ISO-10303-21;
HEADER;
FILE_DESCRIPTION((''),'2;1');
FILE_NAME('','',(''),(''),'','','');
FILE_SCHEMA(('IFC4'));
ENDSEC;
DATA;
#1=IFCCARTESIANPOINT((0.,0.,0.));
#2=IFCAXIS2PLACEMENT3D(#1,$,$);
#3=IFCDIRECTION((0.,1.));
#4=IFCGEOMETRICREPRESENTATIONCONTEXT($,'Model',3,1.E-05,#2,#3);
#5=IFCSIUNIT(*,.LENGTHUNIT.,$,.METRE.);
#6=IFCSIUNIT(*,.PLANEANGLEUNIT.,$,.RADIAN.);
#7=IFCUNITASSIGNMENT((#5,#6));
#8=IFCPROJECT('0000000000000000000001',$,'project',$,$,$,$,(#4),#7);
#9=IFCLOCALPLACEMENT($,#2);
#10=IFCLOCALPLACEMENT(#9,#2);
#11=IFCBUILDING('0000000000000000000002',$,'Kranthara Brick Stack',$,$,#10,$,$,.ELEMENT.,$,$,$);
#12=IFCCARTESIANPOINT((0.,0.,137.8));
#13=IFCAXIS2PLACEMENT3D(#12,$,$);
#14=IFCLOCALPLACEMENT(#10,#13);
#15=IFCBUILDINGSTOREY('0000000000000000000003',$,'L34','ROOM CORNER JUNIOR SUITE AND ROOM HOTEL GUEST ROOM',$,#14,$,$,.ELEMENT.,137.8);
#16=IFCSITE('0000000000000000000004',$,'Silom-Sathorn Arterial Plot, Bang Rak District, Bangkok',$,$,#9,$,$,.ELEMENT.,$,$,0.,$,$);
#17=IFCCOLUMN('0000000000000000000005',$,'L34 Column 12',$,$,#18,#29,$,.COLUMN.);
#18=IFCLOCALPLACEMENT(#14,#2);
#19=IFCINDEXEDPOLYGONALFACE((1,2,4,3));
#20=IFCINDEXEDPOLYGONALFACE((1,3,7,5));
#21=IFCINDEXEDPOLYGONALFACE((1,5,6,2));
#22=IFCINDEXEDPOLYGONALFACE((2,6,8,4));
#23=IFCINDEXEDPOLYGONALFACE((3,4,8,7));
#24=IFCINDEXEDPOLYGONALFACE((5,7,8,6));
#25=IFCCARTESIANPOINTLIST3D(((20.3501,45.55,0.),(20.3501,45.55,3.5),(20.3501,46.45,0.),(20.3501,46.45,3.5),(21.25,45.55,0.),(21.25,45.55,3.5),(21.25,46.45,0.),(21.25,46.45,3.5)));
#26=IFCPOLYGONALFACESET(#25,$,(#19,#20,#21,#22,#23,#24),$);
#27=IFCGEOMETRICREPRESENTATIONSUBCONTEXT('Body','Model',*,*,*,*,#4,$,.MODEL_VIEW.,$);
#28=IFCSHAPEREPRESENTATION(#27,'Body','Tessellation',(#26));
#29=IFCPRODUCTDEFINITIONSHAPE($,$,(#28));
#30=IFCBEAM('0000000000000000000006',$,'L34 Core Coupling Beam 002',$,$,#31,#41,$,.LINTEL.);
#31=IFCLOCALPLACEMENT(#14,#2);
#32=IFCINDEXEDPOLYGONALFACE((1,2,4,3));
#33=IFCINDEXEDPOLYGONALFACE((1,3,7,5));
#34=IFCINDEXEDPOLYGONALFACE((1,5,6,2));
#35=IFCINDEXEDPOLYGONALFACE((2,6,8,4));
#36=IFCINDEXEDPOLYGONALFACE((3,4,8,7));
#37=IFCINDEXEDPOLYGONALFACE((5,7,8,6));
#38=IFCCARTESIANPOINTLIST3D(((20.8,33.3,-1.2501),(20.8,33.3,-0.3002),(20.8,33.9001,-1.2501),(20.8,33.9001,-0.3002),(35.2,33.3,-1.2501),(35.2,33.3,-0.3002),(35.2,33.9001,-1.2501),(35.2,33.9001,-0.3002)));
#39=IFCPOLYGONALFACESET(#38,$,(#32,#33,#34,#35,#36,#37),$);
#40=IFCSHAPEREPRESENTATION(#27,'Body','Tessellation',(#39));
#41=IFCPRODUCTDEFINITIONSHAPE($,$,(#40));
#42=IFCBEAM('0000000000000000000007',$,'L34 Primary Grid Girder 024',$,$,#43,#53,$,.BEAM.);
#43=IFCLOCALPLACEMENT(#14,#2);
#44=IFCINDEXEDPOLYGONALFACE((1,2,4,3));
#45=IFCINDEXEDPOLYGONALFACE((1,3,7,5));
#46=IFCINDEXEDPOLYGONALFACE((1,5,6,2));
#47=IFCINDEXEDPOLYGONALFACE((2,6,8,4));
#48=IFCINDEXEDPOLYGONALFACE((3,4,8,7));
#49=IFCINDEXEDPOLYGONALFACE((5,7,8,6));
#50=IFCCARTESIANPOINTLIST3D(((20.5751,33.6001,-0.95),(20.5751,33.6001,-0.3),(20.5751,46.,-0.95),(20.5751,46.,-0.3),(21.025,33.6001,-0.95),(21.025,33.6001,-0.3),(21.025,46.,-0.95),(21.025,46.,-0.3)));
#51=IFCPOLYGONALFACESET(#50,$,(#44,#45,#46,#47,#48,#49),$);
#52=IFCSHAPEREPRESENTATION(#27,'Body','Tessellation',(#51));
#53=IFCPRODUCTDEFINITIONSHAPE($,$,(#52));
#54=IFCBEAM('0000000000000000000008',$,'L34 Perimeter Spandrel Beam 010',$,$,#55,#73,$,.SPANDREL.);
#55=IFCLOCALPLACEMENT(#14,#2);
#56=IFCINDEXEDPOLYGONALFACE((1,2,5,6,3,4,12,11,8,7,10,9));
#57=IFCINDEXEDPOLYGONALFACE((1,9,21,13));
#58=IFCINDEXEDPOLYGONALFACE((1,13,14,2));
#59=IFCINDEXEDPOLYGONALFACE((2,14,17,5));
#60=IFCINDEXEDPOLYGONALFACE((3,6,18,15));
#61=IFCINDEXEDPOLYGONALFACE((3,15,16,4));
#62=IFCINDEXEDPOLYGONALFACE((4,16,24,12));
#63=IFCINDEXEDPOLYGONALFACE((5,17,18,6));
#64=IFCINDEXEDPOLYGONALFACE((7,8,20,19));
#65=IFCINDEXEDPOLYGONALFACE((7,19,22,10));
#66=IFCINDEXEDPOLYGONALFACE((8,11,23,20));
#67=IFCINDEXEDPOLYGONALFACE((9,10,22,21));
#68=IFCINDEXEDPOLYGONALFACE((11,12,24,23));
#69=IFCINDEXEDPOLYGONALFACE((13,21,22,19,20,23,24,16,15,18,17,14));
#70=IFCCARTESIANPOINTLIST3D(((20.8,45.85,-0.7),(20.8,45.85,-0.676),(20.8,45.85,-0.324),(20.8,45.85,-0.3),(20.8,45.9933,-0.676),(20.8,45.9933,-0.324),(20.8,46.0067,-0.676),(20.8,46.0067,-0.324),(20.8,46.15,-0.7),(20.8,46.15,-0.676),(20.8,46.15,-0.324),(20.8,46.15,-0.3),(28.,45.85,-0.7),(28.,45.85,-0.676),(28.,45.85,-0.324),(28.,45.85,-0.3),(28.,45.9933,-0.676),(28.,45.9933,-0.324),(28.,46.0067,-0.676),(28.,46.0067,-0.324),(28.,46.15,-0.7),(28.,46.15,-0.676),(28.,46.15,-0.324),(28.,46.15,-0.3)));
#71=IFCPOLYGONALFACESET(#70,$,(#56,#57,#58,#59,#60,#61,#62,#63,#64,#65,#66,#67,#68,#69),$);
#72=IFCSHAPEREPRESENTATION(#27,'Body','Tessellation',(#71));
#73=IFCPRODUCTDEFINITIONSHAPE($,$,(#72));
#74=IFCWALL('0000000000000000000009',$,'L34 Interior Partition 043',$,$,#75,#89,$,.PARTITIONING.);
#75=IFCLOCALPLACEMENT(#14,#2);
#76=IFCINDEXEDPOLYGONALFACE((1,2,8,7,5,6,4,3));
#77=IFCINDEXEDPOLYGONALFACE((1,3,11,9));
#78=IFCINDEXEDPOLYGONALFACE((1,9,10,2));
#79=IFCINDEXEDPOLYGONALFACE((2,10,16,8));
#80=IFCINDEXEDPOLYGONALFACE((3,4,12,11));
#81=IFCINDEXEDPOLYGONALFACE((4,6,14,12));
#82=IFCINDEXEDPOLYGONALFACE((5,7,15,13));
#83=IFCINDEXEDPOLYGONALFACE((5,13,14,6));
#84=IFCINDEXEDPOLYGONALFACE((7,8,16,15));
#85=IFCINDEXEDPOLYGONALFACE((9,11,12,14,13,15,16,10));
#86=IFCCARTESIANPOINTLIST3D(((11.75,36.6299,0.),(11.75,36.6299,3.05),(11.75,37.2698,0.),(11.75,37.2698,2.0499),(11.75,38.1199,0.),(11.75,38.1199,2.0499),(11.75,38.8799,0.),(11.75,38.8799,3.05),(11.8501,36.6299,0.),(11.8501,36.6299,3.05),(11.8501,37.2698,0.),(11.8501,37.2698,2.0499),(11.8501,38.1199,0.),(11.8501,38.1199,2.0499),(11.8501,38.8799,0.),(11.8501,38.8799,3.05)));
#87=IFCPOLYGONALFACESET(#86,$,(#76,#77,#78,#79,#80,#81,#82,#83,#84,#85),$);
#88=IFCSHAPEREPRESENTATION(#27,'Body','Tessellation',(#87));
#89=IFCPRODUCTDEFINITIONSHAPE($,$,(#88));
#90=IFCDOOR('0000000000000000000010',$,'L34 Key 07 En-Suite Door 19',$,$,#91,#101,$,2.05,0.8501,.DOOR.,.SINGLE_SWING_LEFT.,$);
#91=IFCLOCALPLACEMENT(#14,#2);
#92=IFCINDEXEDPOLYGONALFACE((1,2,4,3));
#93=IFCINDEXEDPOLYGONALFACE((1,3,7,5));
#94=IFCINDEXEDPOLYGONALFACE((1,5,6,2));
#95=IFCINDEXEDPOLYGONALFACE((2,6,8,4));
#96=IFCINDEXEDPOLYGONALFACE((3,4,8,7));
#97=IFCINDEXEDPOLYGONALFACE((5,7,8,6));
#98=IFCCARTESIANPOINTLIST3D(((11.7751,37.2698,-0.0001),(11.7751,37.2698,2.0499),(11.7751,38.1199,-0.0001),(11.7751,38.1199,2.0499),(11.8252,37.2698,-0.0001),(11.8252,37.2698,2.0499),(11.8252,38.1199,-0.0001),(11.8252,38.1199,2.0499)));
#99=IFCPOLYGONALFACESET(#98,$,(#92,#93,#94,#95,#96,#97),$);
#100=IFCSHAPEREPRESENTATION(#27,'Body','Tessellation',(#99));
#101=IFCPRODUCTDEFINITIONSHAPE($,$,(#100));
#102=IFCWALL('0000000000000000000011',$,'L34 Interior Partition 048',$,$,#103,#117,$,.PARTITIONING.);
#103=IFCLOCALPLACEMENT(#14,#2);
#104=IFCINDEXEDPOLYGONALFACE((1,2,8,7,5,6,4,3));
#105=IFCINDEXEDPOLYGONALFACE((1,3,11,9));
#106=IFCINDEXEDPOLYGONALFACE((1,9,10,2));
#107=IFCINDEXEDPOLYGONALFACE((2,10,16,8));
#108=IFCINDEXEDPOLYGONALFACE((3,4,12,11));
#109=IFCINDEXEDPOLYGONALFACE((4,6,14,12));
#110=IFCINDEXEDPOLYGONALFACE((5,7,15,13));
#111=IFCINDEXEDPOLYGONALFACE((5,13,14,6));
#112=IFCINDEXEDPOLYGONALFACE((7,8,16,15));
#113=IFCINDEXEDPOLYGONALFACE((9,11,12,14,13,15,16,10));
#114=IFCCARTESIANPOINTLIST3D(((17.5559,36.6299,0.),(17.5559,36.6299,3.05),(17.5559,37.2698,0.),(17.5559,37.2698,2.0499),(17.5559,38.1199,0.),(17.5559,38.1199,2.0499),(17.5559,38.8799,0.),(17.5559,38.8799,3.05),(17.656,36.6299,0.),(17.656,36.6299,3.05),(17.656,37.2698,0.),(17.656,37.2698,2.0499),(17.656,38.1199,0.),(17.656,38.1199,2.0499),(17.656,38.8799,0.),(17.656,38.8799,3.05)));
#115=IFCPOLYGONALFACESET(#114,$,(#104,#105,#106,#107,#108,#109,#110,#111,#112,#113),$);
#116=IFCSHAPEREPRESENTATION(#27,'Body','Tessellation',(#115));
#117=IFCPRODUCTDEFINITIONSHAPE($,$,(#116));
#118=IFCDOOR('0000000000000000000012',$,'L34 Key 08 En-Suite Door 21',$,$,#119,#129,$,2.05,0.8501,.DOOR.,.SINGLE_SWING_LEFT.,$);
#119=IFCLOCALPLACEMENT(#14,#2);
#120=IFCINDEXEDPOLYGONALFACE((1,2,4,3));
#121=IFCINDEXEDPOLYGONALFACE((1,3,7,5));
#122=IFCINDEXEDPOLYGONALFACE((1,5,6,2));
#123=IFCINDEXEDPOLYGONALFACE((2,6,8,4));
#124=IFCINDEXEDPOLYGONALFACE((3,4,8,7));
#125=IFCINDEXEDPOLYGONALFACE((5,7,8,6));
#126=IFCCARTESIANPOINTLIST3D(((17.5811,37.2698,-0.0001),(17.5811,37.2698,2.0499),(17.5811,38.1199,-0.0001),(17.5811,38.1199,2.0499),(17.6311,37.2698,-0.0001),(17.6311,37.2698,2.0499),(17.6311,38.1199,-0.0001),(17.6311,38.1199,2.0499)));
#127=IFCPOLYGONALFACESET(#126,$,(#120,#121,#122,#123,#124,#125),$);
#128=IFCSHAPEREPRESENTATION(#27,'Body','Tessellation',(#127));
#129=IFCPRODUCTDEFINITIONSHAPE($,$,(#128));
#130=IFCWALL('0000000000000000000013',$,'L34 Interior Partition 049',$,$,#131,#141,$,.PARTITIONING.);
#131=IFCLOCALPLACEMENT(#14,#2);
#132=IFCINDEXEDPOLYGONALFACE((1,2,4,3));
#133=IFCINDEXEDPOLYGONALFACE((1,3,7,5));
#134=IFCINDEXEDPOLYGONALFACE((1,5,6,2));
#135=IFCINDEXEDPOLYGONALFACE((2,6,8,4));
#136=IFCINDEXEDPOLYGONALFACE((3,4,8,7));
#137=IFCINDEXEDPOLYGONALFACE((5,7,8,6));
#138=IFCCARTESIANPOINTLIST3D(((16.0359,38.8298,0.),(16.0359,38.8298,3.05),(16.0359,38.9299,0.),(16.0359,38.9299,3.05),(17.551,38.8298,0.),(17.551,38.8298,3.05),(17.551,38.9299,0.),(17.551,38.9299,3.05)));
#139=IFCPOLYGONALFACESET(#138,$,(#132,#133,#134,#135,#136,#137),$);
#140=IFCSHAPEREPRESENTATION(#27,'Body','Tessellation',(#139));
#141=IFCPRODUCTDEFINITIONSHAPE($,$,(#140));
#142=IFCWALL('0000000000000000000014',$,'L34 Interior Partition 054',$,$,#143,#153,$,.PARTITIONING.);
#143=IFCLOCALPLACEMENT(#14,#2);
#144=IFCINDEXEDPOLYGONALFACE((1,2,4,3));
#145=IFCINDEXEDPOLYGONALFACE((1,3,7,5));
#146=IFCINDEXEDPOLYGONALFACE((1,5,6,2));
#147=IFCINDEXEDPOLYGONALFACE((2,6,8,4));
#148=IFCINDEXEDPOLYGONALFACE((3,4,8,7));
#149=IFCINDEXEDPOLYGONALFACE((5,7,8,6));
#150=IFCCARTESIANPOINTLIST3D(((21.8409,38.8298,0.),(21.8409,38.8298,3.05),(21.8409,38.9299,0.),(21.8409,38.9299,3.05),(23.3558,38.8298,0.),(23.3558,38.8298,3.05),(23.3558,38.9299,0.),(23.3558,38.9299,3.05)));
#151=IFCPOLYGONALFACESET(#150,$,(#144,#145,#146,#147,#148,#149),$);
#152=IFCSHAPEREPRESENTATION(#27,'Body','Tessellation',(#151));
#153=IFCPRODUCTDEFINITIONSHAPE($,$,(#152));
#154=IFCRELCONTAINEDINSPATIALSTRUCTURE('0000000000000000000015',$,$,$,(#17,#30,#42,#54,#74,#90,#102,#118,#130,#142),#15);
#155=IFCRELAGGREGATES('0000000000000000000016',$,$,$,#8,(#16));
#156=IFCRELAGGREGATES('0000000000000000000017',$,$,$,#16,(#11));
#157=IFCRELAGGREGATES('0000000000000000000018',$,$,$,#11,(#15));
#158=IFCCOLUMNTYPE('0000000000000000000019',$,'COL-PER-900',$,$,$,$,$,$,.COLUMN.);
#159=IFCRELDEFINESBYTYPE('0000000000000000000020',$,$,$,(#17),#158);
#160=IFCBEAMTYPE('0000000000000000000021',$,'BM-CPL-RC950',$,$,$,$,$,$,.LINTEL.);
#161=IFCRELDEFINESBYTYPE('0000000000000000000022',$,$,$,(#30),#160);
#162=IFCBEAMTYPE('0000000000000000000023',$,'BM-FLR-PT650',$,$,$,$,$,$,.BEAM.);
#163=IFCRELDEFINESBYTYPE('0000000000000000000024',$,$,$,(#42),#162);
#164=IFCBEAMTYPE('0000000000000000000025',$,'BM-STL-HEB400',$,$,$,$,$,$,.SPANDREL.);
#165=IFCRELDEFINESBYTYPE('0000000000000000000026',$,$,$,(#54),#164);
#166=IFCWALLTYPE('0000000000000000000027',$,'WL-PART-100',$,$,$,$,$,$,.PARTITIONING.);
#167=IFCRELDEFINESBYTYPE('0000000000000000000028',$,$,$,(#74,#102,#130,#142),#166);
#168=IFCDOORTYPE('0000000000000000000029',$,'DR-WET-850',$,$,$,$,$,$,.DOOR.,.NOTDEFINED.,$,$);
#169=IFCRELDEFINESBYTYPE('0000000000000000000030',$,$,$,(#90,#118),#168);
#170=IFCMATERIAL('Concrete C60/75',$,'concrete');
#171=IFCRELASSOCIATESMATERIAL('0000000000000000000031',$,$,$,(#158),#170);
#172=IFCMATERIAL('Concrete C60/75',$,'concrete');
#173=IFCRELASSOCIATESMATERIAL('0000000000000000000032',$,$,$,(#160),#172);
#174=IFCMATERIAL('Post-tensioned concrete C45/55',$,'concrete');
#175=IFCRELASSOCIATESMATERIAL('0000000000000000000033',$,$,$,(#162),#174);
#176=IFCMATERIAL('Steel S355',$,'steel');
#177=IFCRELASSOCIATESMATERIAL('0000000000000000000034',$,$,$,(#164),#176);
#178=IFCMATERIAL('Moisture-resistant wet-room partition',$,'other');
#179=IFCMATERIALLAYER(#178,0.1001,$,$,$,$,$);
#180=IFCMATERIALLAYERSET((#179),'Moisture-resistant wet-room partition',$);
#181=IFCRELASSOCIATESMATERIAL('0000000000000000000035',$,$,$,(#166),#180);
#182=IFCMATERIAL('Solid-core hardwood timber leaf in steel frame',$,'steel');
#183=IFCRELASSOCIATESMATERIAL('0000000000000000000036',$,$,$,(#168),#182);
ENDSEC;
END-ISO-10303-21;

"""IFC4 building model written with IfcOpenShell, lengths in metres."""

from ifc_helpers import new_model, si_unit, direction, frame, frame_2d, origin, origin_2d, place, context, subcontext, project, spatial, rectangle, i_section, extrude, material, layer, layer_set, material_profile, profile_set, type_object, element, fill, save


model = new_model("IFC4")

# Units and contexts
model_context = context("Model", 3, precision=1e-05, world=origin(), true_north=direction((0.0, 1.0)))
body_context = subcontext(model_context, "Body", "Model", "MODEL_VIEW")
ifc_project = project(units=[si_unit("LENGTHUNIT", "METRE"), si_unit("PLANEANGLEUNIT", "RADIAN")], contexts=[model_context])

# Site, building, storey
site_placement = place(None, origin())
site = spatial("IfcSite", under=ifc_project, at=site_placement, Name="Silom-Sathorn Arterial Plot, Bang Rak District, Bangkok", CompositionType="ELEMENT", RefElevation=0.0)
building_placement = place(site_placement, origin())
building = spatial("IfcBuilding", under=site, at=building_placement, Name="Kranthara Brick Stack", CompositionType="ELEMENT")
storey_placement = place(building_placement, frame((0.0, 0.0, 137.8)))
storey = spatial("IfcBuildingStorey", under=building, at=storey_placement, Name="L34", Description="ROOM CORNER JUNIOR SUITE AND ROOM HOTEL GUEST ROOM", CompositionType="ELEMENT", Elevation=137.8)

# Column
ifc_material_1 = material(Name="Concrete C60/75", Category="concrete")
ifc_material_profile_1 = material_profile(ifc_material_1, rectangle(XDim=0.8999, YDim=0.8999, at=origin_2d()), Name="RC 900x900")
ifc_profile_set_1 = profile_set([ifc_material_profile_1], Name="Concrete C60/75")
column_type = type_object("IfcColumnType", Name="COL-PER-900", PredefinedType="COLUMN", material=ifc_profile_set_1)
column_placement = place(storey_placement, frame((20.8, 46.0, 0.0), z_axis=(0.0, 0.0, 1.0), x_axis=(1.0, 0.0, 0.0)))
element("IfcColumn", 1, at=column_placement, inside=storey, type_object=column_type, Name="L34 Column 12", PredefinedType="COLUMN", context=body_context, shape_type="SweptSolid", body=[
    extrude(rectangle(XDim=0.8999, YDim=0.8999, at=origin_2d()), origin(), (0.0, 0.0, 1.0), 3.5),
])

# Beams
ifc_material_2 = material(Name="Concrete C60/75", Category="concrete")
ifc_material_profile_2 = material_profile(ifc_material_2, rectangle(XDim=0.6001, YDim=0.95, at=origin_2d()), Name="RC 600x950")
ifc_profile_set_2 = profile_set([ifc_material_profile_2], Name="Concrete C60/75")
beam_type_1 = type_object("IfcBeamType", Name="BM-CPL-RC950", PredefinedType="LINTEL", material=ifc_profile_set_2)
beam_1_placement = place(storey_placement, frame((20.8, 33.6001, -0.7751), z_axis=(1.0, 0.0, 0.0), x_axis=(0.0, 1.0, 0.0)))
element("IfcBeam", 2, at=beam_1_placement, inside=storey, type_object=beam_type_1, Name="L34 Core Coupling Beam 002", PredefinedType="LINTEL", context=body_context, shape_type="SweptSolid", body=[
    extrude(rectangle(XDim=0.6001, YDim=0.95, at=origin_2d()), origin(), (0.0, 0.0, 1.0), 14.3999),
])
ifc_material_3 = material(Name="Post-tensioned concrete C45/55", Category="concrete")
ifc_material_profile_3 = material_profile(ifc_material_3, rectangle(XDim=0.45, YDim=0.6499, at=origin_2d()), Name="PT 450x650")
ifc_profile_set_3 = profile_set([ifc_material_profile_3], Name="Post-tensioned concrete C45/55")
beam_type_2 = type_object("IfcBeamType", Name="BM-FLR-PT650", PredefinedType="BEAM", material=ifc_profile_set_3)
beam_2_placement = place(storey_placement, frame((20.8, 33.6001, -0.625), z_axis=(0.0, 1.0, 0.0), x_axis=(-1.0, 0.0, 0.0)))
element("IfcBeam", 3, at=beam_2_placement, inside=storey, type_object=beam_type_2, Name="L34 Primary Grid Girder 024", PredefinedType="BEAM", context=body_context, shape_type="SweptSolid", body=[
    extrude(rectangle(XDim=0.45, YDim=0.6499, at=origin_2d()), origin(), (0.0, 0.0, 1.0), 12.3999),
])
ifc_material_4 = material(Name="Steel S355", Category="steel")
ifc_material_profile_4 = material_profile(ifc_material_4, i_section(OverallWidth=0.3, OverallDepth=0.3999, WebThickness=0.0134, FlangeThickness=0.0239, at=origin_2d()), Name="HEB 400")
ifc_profile_set_4 = profile_set([ifc_material_profile_4], Name="Steel S355")
beam_type_3 = type_object("IfcBeamType", Name="BM-STL-HEB400", PredefinedType="SPANDREL", material=ifc_profile_set_4)
beam_3_placement = place(storey_placement, frame((20.8, 46.0, -0.5), z_axis=(1.0, 0.0, 0.0), x_axis=(0.0, 1.0, 0.0)))
element("IfcBeam", 4, at=beam_3_placement, inside=storey, type_object=beam_type_3, Name="L34 Perimeter Spandrel Beam 010", PredefinedType="SPANDREL", context=body_context, shape_type="SweptSolid", body=[
    extrude(i_section(OverallWidth=0.3, OverallDepth=0.3999, WebThickness=0.0134, FlangeThickness=0.0239, at=origin_2d()), origin(), (0.0, 0.0, 1.0), 7.2),
])

# Walls, openings, doors
ifc_material_5 = material(Name="Moisture-resistant wet-room partition", Category="other")
ifc_layer_1 = layer(ifc_material_5, 0.1001)
ifc_layer_set_1 = layer_set([ifc_layer_1], Name="Moisture-resistant wet-room partition")
wall_type_1 = type_object("IfcWallType", Name="WL-PART-100", PredefinedType="PARTITIONING", material=ifc_layer_set_1)
wall_1_placement = place(storey_placement, frame((11.8, 36.6299, 0.0), z_axis=(0.0, 0.0, 1.0), x_axis=(0.0, 1.0, 0.0)))
wall_1 = element("IfcWall", 5, at=wall_1_placement, inside=storey, type_object=wall_type_1, Name="L34 Interior Partition 043", PredefinedType="PARTITIONING", context=body_context, shape_type="SweptSolid", body=[
    extrude(rectangle(XDim=2.25, YDim=0.1001, at=frame_2d((1.125, 0.0))), origin(), (0.0, 0.0, 1.0), 3.05),
])
opening_1_placement = place(wall_1_placement, frame((0.6399, 0.0, 0.0)))
opening_1 = element("IfcOpeningElement", 6, at=opening_1_placement, cuts=wall_1, PredefinedType="OPENING", context=body_context, shape_type="SweptSolid", body=[
    extrude(rectangle(XDim=0.8501, YDim=2.05, at=frame_2d((0.425, 1.0249))), frame((0.0, 0.0601, 0.0), z_axis=(0.0, -1.0, 0.0), x_axis=(1.0, 0.0, 0.0)), (0.0, 0.0, 1.0), 0.1201),
])
ifc_material_6 = material(Name="Solid-core hardwood timber leaf in steel frame", Category="steel")
door_type_1 = type_object("IfcDoorType", Name="DR-WET-850", OperationType="NOTDEFINED", PredefinedType="DOOR", material=ifc_material_6)
door_1_placement = place(opening_1_placement, origin())
door_1 = element("IfcDoor", 7, at=door_1_placement, inside=storey, type_object=door_type_1, Name="L34 Key 07 En-Suite Door 19", OperationType="SINGLE_SWING_LEFT", OverallHeight=2.05, OverallWidth=0.8501, PredefinedType="DOOR", context=body_context, shape_type="SweptSolid", body=[
    extrude(rectangle(XDim=0.8501, YDim=2.05, at=frame_2d((0.425, 1.0249))), frame((0.0, 0.0249, 0.0), z_axis=(0.0, -1.0, 0.0), x_axis=(1.0, 0.0, 0.0)), (0.0, 0.0, 1.0), 0.05),
])
fill(opening_1, door_1)
wall_2_placement = place(storey_placement, frame((17.606, 36.6299, 0.0), z_axis=(0.0, 0.0, 1.0), x_axis=(0.0, 1.0, 0.0)))
wall_2 = element("IfcWall", 8, at=wall_2_placement, inside=storey, type_object=wall_type_1, Name="L34 Interior Partition 048", PredefinedType="PARTITIONING", context=body_context, shape_type="SweptSolid", body=[
    extrude(rectangle(XDim=2.25, YDim=0.1001, at=frame_2d((1.125, 0.0))), origin(), (0.0, 0.0, 1.0), 3.05),
])
opening_2_placement = place(wall_2_placement, frame((0.6399, 0.0, 0.0)))
opening_2 = element("IfcOpeningElement", 9, at=opening_2_placement, cuts=wall_2, PredefinedType="OPENING", context=body_context, shape_type="SweptSolid", body=[
    extrude(rectangle(XDim=0.8501, YDim=2.05, at=frame_2d((0.425, 1.0249))), frame((0.0, 0.0601, 0.0), z_axis=(0.0, -1.0, 0.0), x_axis=(1.0, 0.0, 0.0)), (0.0, 0.0, 1.0), 0.1201),
])
door_2_placement = place(opening_2_placement, origin())
door_2 = element("IfcDoor", 10, at=door_2_placement, inside=storey, type_object=door_type_1, Name="L34 Key 08 En-Suite Door 21", OperationType="SINGLE_SWING_LEFT", OverallHeight=2.05, OverallWidth=0.8501, PredefinedType="DOOR", context=body_context, shape_type="SweptSolid", body=[
    extrude(rectangle(XDim=0.8501, YDim=2.05, at=frame_2d((0.425, 1.0249))), frame((0.0, 0.0249, 0.0), z_axis=(0.0, -1.0, 0.0), x_axis=(1.0, 0.0, 0.0)), (0.0, 0.0, 1.0), 0.05),
])
fill(opening_2, door_2)

# Walls
wall_3_placement = place(storey_placement, frame((16.0359, 38.8799, 0.0), z_axis=(0.0, 0.0, 1.0), x_axis=(1.0, 0.0, 0.0)))
element("IfcWall", 11, at=wall_3_placement, inside=storey, type_object=wall_type_1, Name="L34 Interior Partition 049", PredefinedType="PARTITIONING", context=body_context, shape_type="SweptSolid", body=[
    extrude(rectangle(XDim=1.5151, YDim=0.1001, at=frame_2d((0.7576, 0.0))), origin(), (0.0, 0.0, 1.0), 3.05),
])
wall_4_placement = place(storey_placement, frame((21.8411, 38.8799, 0.0), z_axis=(0.0, 0.0, 1.0), x_axis=(1.0, 0.0, 0.0)))
element("IfcWall", 12, at=wall_4_placement, inside=storey, type_object=wall_type_1, Name="L34 Interior Partition 054", PredefinedType="PARTITIONING", context=body_context, shape_type="SweptSolid", body=[
    extrude(rectangle(XDim=1.5149, YDim=0.1001, at=frame_2d((0.7573, 0.0))), origin(), (0.0, 0.0, 1.0), 3.05),
])

save(model, "model.ifc")
